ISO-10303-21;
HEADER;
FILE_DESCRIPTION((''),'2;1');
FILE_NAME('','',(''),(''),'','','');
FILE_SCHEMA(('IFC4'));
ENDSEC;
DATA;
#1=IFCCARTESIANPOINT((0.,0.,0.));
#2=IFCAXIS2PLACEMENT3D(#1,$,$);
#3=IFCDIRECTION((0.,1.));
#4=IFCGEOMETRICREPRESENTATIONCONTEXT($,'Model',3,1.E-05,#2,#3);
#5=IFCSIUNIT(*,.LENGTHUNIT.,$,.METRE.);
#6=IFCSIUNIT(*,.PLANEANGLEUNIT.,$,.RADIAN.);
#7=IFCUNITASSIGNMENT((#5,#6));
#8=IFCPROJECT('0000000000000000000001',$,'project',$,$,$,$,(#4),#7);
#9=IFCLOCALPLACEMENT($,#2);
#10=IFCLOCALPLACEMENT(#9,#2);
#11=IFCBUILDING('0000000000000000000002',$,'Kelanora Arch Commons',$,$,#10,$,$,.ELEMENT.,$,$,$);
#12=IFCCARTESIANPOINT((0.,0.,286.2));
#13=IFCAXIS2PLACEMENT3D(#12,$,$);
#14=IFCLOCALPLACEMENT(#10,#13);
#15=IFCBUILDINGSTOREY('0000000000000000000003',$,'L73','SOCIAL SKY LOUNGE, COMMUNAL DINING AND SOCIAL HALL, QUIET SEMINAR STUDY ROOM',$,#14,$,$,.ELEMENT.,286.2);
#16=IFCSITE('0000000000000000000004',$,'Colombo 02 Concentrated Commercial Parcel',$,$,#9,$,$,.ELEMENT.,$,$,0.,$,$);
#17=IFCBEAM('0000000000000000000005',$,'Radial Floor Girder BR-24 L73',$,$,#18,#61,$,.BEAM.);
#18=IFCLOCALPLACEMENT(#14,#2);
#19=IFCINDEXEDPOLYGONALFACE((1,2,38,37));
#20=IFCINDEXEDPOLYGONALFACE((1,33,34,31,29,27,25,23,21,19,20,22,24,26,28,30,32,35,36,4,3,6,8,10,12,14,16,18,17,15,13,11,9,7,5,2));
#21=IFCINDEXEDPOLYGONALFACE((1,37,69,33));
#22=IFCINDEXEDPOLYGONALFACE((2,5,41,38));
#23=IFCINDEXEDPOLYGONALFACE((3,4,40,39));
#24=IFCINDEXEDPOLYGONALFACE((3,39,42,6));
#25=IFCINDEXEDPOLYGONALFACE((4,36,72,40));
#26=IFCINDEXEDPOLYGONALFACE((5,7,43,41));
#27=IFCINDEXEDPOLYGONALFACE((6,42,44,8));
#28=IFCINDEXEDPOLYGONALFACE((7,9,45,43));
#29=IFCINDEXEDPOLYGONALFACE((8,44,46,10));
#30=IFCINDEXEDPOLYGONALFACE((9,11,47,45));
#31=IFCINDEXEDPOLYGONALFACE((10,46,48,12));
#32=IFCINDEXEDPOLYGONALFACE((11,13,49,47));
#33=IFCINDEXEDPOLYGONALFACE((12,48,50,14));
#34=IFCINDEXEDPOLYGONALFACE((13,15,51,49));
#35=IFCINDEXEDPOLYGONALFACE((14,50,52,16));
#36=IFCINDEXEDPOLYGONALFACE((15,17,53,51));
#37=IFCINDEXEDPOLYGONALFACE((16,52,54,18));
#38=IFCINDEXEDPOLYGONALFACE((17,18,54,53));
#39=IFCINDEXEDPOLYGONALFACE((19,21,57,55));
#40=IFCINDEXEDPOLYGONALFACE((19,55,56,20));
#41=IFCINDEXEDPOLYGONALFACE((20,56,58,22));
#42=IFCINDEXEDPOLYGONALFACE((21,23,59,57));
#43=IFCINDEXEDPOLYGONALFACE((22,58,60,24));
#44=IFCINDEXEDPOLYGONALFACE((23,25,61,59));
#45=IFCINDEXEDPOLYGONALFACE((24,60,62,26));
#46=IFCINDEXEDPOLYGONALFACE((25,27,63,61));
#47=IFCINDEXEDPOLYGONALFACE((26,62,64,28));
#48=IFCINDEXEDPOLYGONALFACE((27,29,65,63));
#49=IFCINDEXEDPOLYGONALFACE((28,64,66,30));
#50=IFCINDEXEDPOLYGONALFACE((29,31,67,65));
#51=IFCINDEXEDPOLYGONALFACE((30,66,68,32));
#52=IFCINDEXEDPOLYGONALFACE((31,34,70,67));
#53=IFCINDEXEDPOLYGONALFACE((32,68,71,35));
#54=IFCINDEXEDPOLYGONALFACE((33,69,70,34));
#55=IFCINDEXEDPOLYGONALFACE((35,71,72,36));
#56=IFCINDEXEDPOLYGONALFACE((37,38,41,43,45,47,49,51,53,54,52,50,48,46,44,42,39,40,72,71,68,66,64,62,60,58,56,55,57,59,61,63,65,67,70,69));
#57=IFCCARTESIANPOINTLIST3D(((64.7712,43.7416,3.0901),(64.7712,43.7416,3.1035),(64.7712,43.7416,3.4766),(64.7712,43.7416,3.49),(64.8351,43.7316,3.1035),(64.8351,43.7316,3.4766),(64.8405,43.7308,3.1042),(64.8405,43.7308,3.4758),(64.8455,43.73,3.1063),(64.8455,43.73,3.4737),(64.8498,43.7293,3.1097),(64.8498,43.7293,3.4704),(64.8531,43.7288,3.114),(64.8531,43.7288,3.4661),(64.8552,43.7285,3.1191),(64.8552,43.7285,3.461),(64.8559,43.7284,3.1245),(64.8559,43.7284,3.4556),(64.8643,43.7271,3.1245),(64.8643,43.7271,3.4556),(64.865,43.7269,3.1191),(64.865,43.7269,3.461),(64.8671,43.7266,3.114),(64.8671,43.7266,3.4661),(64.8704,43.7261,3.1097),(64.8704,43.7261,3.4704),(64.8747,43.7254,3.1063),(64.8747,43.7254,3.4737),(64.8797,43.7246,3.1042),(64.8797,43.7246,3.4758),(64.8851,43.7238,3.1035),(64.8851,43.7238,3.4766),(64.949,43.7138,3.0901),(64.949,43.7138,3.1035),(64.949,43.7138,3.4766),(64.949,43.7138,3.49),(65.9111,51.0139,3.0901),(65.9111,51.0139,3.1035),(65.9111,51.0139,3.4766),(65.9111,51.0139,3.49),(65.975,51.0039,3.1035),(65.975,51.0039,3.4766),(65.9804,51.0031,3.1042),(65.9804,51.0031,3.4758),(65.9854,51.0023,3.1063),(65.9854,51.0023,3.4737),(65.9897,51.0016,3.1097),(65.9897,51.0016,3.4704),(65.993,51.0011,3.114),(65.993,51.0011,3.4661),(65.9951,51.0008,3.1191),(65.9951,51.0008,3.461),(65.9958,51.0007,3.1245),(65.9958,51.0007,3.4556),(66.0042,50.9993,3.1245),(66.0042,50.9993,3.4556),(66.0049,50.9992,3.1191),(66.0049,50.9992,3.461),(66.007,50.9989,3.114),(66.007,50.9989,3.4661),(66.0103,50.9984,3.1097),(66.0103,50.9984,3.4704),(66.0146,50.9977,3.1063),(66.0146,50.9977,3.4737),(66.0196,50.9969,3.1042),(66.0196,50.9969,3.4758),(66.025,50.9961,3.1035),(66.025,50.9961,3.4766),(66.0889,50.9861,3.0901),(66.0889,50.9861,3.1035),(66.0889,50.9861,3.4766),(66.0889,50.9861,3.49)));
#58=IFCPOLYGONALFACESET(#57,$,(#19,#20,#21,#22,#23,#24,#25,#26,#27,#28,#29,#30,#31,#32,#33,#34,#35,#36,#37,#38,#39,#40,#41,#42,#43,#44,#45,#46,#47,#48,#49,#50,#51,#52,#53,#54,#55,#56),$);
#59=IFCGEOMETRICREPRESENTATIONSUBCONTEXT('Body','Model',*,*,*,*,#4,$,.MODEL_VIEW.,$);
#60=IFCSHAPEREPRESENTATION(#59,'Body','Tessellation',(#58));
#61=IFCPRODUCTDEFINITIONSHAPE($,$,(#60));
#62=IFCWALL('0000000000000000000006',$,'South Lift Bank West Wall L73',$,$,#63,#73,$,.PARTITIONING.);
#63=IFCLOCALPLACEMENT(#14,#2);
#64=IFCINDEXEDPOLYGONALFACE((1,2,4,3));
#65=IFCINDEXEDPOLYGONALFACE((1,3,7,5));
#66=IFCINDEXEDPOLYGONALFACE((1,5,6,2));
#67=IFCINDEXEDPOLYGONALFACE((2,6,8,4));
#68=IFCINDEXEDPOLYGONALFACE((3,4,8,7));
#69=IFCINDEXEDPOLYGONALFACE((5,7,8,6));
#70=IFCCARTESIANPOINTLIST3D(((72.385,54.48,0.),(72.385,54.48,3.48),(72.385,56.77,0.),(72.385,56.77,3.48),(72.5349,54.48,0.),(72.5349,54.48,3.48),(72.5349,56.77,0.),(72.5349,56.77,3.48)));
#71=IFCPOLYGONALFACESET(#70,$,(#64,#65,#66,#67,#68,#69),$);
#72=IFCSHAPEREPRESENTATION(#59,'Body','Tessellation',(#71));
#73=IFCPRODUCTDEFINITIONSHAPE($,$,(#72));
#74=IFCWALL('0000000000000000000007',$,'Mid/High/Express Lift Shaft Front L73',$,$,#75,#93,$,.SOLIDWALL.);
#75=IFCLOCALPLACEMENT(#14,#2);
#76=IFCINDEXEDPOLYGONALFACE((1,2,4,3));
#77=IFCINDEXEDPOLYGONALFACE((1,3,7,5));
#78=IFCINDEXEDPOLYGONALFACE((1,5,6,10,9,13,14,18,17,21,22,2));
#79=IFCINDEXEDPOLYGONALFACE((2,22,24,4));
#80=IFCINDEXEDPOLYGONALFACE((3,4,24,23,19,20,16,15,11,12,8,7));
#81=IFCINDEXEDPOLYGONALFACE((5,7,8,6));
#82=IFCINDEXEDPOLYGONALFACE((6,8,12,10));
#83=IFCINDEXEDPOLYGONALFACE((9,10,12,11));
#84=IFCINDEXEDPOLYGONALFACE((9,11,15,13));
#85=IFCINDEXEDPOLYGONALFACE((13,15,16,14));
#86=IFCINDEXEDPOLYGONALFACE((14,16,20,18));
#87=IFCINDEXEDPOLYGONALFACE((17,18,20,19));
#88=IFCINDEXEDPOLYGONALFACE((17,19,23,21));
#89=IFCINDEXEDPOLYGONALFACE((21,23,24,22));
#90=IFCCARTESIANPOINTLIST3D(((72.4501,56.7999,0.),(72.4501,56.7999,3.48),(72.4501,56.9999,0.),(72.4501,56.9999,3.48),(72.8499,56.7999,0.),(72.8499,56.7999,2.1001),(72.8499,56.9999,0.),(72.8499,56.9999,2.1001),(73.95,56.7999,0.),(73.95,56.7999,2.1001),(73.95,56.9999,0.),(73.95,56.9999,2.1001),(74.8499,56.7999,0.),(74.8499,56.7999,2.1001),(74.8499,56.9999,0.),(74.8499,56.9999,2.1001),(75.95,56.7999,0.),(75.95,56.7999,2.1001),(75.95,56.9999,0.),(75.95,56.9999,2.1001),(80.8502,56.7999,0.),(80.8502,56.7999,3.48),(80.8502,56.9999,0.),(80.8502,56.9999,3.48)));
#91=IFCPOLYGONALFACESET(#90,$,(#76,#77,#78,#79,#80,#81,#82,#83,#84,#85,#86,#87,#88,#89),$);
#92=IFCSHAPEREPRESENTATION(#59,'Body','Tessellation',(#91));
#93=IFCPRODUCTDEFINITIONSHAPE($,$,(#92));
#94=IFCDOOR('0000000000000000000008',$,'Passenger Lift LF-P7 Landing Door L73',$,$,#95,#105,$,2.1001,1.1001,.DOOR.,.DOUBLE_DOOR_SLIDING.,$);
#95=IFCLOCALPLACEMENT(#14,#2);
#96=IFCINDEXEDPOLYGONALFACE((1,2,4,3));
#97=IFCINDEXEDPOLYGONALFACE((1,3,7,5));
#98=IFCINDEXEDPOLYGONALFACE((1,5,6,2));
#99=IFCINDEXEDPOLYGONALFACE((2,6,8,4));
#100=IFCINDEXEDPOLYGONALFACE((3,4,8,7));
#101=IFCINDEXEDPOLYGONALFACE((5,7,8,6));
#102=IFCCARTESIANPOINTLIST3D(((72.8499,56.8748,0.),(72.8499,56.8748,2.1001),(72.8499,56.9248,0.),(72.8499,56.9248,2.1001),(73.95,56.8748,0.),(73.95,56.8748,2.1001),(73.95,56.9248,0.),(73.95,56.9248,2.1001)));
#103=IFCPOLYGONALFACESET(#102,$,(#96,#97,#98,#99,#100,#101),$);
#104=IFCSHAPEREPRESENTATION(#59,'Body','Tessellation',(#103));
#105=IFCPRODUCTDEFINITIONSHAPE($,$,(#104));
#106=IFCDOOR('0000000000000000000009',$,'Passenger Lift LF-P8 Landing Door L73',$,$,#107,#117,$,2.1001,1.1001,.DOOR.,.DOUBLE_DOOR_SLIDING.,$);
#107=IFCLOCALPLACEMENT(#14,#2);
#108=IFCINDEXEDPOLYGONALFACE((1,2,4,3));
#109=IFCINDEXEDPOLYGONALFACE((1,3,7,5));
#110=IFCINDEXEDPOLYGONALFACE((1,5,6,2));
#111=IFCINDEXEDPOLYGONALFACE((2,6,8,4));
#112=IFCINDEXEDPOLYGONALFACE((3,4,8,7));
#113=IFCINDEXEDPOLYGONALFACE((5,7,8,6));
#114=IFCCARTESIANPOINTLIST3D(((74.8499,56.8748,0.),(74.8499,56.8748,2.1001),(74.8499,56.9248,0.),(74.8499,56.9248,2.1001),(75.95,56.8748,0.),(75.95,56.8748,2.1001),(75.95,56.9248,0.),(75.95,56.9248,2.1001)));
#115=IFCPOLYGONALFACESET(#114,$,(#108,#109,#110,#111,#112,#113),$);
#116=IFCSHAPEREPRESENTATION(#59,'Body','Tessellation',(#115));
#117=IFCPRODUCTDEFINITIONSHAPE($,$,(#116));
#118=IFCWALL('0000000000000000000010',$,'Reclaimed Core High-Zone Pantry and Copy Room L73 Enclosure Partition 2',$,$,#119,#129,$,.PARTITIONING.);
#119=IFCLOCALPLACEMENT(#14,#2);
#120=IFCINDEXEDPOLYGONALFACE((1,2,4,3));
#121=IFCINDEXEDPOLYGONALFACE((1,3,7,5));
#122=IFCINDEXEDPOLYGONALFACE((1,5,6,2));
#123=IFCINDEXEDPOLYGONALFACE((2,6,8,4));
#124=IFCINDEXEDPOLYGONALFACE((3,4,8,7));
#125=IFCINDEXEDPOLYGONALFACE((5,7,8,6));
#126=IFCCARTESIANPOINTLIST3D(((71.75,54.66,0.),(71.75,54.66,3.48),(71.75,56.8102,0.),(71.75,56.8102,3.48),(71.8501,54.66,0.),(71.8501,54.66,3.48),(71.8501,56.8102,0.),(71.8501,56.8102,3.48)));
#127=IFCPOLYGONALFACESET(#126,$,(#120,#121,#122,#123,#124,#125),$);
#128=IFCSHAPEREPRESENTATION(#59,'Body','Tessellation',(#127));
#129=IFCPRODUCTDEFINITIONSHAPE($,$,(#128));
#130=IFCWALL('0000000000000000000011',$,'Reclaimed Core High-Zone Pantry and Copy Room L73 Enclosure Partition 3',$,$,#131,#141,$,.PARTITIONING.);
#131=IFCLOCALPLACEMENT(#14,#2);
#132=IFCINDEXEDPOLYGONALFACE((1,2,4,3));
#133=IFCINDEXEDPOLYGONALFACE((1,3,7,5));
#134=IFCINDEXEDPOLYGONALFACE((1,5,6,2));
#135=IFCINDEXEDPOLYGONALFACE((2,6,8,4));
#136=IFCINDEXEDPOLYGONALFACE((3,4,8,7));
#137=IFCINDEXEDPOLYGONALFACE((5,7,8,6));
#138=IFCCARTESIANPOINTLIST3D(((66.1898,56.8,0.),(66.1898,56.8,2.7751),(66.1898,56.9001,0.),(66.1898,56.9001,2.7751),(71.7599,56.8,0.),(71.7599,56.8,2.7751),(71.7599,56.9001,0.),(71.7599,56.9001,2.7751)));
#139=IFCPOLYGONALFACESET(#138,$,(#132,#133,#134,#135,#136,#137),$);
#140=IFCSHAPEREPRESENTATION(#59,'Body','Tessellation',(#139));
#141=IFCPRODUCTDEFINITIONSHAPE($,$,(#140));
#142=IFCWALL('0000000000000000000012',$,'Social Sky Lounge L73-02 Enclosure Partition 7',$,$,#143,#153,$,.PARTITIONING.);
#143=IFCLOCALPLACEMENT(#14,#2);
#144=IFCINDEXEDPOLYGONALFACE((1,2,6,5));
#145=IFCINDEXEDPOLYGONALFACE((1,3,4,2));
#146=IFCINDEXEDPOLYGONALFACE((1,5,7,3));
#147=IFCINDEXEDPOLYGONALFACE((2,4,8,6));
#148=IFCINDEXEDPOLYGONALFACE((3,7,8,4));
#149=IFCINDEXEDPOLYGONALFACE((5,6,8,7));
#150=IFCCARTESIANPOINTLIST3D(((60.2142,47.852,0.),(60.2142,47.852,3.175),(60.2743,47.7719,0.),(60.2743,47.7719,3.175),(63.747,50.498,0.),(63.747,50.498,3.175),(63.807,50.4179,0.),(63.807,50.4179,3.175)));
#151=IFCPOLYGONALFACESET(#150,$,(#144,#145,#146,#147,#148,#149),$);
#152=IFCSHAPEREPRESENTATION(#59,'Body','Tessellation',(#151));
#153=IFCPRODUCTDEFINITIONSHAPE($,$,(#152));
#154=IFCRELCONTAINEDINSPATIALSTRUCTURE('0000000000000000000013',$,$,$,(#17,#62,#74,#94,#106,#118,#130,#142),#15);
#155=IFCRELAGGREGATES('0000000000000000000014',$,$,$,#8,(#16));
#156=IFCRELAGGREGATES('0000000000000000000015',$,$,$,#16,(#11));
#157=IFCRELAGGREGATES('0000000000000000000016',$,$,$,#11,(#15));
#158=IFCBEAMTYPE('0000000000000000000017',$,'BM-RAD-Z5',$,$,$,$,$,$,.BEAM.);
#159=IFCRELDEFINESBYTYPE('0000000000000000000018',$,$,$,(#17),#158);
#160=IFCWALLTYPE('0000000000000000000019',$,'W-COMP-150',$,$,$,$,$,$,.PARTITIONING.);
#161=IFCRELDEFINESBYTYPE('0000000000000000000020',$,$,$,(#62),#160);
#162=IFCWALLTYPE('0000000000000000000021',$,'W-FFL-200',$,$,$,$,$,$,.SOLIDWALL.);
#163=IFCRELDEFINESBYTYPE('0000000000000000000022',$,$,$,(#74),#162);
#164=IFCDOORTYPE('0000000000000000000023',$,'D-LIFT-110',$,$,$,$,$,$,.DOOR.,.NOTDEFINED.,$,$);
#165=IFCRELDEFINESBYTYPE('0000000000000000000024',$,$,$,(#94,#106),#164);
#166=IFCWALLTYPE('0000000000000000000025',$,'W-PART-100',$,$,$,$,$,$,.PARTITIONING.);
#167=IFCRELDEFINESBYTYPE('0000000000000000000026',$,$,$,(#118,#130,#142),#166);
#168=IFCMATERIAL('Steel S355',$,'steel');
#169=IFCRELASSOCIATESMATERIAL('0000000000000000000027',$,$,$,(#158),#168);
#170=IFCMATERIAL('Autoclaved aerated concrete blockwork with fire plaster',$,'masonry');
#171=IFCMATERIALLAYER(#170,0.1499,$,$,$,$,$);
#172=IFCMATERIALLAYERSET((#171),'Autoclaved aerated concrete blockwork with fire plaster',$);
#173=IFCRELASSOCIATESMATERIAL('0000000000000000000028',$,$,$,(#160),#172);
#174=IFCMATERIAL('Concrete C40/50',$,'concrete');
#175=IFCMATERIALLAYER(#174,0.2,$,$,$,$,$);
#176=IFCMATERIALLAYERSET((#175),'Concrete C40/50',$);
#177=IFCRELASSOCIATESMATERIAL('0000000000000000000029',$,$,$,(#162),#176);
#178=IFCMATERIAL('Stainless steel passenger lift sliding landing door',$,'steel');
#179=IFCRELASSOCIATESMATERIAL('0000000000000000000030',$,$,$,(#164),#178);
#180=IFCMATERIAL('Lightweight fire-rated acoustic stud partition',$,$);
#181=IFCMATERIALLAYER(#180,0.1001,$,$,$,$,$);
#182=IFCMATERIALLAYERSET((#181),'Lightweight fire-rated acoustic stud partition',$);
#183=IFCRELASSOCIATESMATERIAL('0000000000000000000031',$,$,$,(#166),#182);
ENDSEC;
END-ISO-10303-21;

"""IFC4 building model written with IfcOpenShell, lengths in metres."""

from ifc_helpers import new_model, si_unit, direction, frame, frame_2d, origin, origin_2d, place, context, subcontext, project, spatial, rectangle, i_section, extrude, material, layer, layer_set, material_profile, profile_set, type_object, element, fill, save


model = new_model("IFC4")

# Units and contexts
model_context = context("Model", 3, precision=1e-05, world=origin(), true_north=direction((0.0, 1.0)))
body_context = subcontext(model_context, "Body", "Model", "MODEL_VIEW")
ifc_project = project(units=[si_unit("LENGTHUNIT", "METRE"), si_unit("PLANEANGLEUNIT", "RADIAN")], contexts=[model_context])

# Site, building, storey
site_placement = place(None, origin())
site = spatial("IfcSite", under=ifc_project, at=site_placement, Name="Colombo 02 Concentrated Commercial Parcel", CompositionType="ELEMENT", RefElevation=0.0)
building_placement = place(site_placement, origin())
building = spatial("IfcBuilding", under=site, at=building_placement, Name="Kelanora Arch Commons", CompositionType="ELEMENT")
storey_placement = place(building_placement, frame((0.0, 0.0, 286.2)))
storey = spatial("IfcBuildingStorey", under=building, at=storey_placement, Name="L73", Description="SOCIAL SKY LOUNGE, COMMUNAL DINING AND SOCIAL HALL, QUIET SEMINAR STUDY ROOM", CompositionType="ELEMENT", Elevation=286.2)

# Beam
ifc_material_1 = material(Name="Steel S355", Category="steel")
ifc_material_profile_1 = material_profile(ifc_material_1, i_section(OverallWidth=0.1799, OverallDepth=0.3999, WebThickness=0.0085, FlangeThickness=0.0134, FilletRadius=0.021, at=origin_2d()), Name="IPE400")
ifc_profile_set_1 = profile_set([ifc_material_profile_1], Name="Steel S355")
beam_type_1 = type_object("IfcBeamType", Name="BM-RAD-Z5", PredefinedType="BEAM", material=ifc_profile_set_1)
beam_1_placement = place(storey_placement, frame((66.0, 51.0, 3.29), z_axis=(-0.154855, -0.987937, 0.0), x_axis=(0.987937, -0.154855, 0.0)))
element("IfcBeam", 1, at=beam_1_placement, inside=storey, type_object=beam_type_1, Name="Radial Floor Girder BR-24 L73", PredefinedType="BEAM", context=body_context, shape_type="SweptSolid", body=[
    extrude(i_section(OverallWidth=0.1799, OverallDepth=0.3999, WebThickness=0.0085, FlangeThickness=0.0134, FilletRadius=0.021, at=origin_2d()), origin(), (0.0, 0.0, 1.0), 7.3611),
])

# Wall
ifc_material_2 = material(Name="Autoclaved aerated concrete blockwork with fire plaster", Category="masonry")
ifc_layer_1 = layer(ifc_material_2, 0.1499)
ifc_layer_set_1 = layer_set([ifc_layer_1], Name="Autoclaved aerated concrete blockwork with fire plaster")
wall_type_1 = type_object("IfcWallType", Name="W-COMP-150", PredefinedType="PARTITIONING", material=ifc_layer_set_1)
wall_1_placement = place(storey_placement, frame((72.46, 54.48, 0.0), z_axis=(0.0, 0.0, 1.0), x_axis=(0.0, 1.0, 0.0)))
element("IfcWall", 2, at=wall_1_placement, inside=storey, type_object=wall_type_1, Name="South Lift Bank West Wall L73", PredefinedType="PARTITIONING", context=body_context, shape_type="SweptSolid", body=[
    extrude(rectangle(XDim=2.29, YDim=0.1499, at=frame_2d((1.145, 0.0))), origin(), (0.0, 0.0, 1.0), 3.48),
])

# Wall, openings, doors
ifc_material_3 = material(Name="Concrete C40/50", Category="concrete")
ifc_layer_2 = layer(ifc_material_3, 0.2)
ifc_layer_set_2 = layer_set([ifc_layer_2], Name="Concrete C40/50")
wall_type_2 = type_object("IfcWallType", Name="W-FFL-200", PredefinedType="SOLIDWALL", material=ifc_layer_set_2)
wall_2_placement = place(storey_placement, frame((72.45, 56.8999, 0.0), z_axis=(0.0, 0.0, 1.0), x_axis=(1.0, 0.0, 0.0)))
wall_2 = element("IfcWall", 3, at=wall_2_placement, inside=storey, type_object=wall_type_2, Name="Mid/High/Express Lift Shaft Front L73", PredefinedType="SOLIDWALL", context=body_context, shape_type="SweptSolid", body=[
    extrude(rectangle(XDim=8.4001, YDim=0.2, at=frame_2d((4.2002, 0.0))), origin(), (0.0, 0.0, 1.0), 3.48),
])
opening_1_placement = place(wall_2_placement, frame((0.3999, 0.0, 0.0)))
opening_1 = element("IfcOpeningElement", 4, at=opening_1_placement, cuts=wall_2, PredefinedType="OPENING", context=body_context, shape_type="SweptSolid", body=[
    extrude(rectangle(XDim=1.1001, YDim=2.1001, at=frame_2d((0.55, 1.05))), frame((0.0, 0.1099, 0.0), z_axis=(0.0, -1.0, 0.0), x_axis=(1.0, 0.0, 0.0)), (0.0, 0.0, 1.0), 0.22),
])
opening_2_placement = place(wall_2_placement, frame((2.3999, 0.0, 0.0)))
opening_2 = element("IfcOpeningElement", 5, at=opening_2_placement, cuts=wall_2, PredefinedType="OPENING", context=body_context, shape_type="SweptSolid", body=[
    extrude(rectangle(XDim=1.1001, YDim=2.1001, at=frame_2d((0.55, 1.05))), frame((0.0, 0.1099, 0.0), z_axis=(0.0, -1.0, 0.0), x_axis=(1.0, 0.0, 0.0)), (0.0, 0.0, 1.0), 0.22),
])
ifc_material_4 = material(Name="Stainless steel passenger lift sliding landing door", Category="steel")
door_type_1 = type_object("IfcDoorType", Name="D-LIFT-110", OperationType="NOTDEFINED", PredefinedType="DOOR", material=ifc_material_4)
door_1_placement = place(opening_1_placement, origin())
door_1 = element("IfcDoor", 6, at=door_1_placement, inside=storey, type_object=door_type_1, Name="Passenger Lift LF-P7 Landing Door L73", OperationType="DOUBLE_DOOR_SLIDING", OverallHeight=2.1001, OverallWidth=1.1001, PredefinedType="DOOR", context=body_context, shape_type="SweptSolid", body=[
    extrude(rectangle(XDim=1.1001, YDim=2.1001, at=frame_2d((0.55, 1.05))), frame((0.0, 0.0249, 0.0), z_axis=(0.0, -1.0, 0.0), x_axis=(1.0, 0.0, 0.0)), (0.0, 0.0, 1.0), 0.05),
])
fill(opening_1, door_1)
door_2_placement = place(opening_2_placement, origin())
door_2 = element("IfcDoor", 7, at=door_2_placement, inside=storey, type_object=door_type_1, Name="Passenger Lift LF-P8 Landing Door L73", OperationType="DOUBLE_DOOR_SLIDING", OverallHeight=2.1001, OverallWidth=1.1001, PredefinedType="DOOR", context=body_context, shape_type="SweptSolid", body=[
    extrude(rectangle(XDim=1.1001, YDim=2.1001, at=frame_2d((0.55, 1.05))), frame((0.0, 0.0249, 0.0), z_axis=(0.0, -1.0, 0.0), x_axis=(1.0, 0.0, 0.0)), (0.0, 0.0, 1.0), 0.05),
])
fill(opening_2, door_2)

# Walls
ifc_material_5 = material(Name="Lightweight fire-rated acoustic stud partition")
ifc_layer_3 = layer(ifc_material_5, 0.1001)
ifc_layer_set_3 = layer_set([ifc_layer_3], Name="Lightweight fire-rated acoustic stud partition")
wall_type_3 = type_object("IfcWallType", Name="W-PART-100", PredefinedType="PARTITIONING", material=ifc_layer_set_3)
wall_3_placement = place(storey_placement, frame((71.8, 54.6599, 0.0), z_axis=(0.0, 0.0, 1.0), x_axis=(0.0, 1.0, 0.0)))
element("IfcWall", 8, at=wall_3_placement, inside=storey, type_object=wall_type_3, Name="Reclaimed Core High-Zone Pantry and Copy Room L73 Enclosure Partition 2", PredefinedType="PARTITIONING", context=body_context, shape_type="SweptSolid", body=[
    extrude(rectangle(XDim=2.1501, YDim=0.1001, at=frame_2d((1.0752, 0.0))), origin(), (0.0, 0.0, 1.0), 3.48),
])
wall_4_placement = place(storey_placement, frame((71.76, 56.8501, 0.0), z_axis=(0.0, 0.0, 1.0), x_axis=(-1.0, 0.0, 0.0)))
element("IfcWall", 9, at=wall_4_placement, inside=storey, type_object=wall_type_3, Name="Reclaimed Core High-Zone Pantry and Copy Room L73 Enclosure Partition 3", PredefinedType="PARTITIONING", context=body_context, shape_type="SweptSolid", body=[
    extrude(rectangle(XDim=5.5701, YDim=0.1001, at=frame_2d((2.7852, 0.0))), origin(), (0.0, 0.0, 1.0), 2.7751),
])
wall_5_placement = place(storey_placement, frame((63.7771, 50.458, 0.0), z_axis=(0.0, 0.0, 1.0), x_axis=(-0.800385, -0.599487, 0.0)))
element("IfcWall", 10, at=wall_5_placement, inside=storey, type_object=wall_type_3, Name="Social Sky Lounge L73-02 Enclosure Partition 7", PredefinedType="PARTITIONING", context=body_context, shape_type="SweptSolid", body=[
    extrude(rectangle(XDim=4.4138, YDim=0.1001, at=frame_2d((2.207, 0.0))), origin(), (0.0, 0.0, 1.0), 3.175),
])

save(model, "model.ifc")
